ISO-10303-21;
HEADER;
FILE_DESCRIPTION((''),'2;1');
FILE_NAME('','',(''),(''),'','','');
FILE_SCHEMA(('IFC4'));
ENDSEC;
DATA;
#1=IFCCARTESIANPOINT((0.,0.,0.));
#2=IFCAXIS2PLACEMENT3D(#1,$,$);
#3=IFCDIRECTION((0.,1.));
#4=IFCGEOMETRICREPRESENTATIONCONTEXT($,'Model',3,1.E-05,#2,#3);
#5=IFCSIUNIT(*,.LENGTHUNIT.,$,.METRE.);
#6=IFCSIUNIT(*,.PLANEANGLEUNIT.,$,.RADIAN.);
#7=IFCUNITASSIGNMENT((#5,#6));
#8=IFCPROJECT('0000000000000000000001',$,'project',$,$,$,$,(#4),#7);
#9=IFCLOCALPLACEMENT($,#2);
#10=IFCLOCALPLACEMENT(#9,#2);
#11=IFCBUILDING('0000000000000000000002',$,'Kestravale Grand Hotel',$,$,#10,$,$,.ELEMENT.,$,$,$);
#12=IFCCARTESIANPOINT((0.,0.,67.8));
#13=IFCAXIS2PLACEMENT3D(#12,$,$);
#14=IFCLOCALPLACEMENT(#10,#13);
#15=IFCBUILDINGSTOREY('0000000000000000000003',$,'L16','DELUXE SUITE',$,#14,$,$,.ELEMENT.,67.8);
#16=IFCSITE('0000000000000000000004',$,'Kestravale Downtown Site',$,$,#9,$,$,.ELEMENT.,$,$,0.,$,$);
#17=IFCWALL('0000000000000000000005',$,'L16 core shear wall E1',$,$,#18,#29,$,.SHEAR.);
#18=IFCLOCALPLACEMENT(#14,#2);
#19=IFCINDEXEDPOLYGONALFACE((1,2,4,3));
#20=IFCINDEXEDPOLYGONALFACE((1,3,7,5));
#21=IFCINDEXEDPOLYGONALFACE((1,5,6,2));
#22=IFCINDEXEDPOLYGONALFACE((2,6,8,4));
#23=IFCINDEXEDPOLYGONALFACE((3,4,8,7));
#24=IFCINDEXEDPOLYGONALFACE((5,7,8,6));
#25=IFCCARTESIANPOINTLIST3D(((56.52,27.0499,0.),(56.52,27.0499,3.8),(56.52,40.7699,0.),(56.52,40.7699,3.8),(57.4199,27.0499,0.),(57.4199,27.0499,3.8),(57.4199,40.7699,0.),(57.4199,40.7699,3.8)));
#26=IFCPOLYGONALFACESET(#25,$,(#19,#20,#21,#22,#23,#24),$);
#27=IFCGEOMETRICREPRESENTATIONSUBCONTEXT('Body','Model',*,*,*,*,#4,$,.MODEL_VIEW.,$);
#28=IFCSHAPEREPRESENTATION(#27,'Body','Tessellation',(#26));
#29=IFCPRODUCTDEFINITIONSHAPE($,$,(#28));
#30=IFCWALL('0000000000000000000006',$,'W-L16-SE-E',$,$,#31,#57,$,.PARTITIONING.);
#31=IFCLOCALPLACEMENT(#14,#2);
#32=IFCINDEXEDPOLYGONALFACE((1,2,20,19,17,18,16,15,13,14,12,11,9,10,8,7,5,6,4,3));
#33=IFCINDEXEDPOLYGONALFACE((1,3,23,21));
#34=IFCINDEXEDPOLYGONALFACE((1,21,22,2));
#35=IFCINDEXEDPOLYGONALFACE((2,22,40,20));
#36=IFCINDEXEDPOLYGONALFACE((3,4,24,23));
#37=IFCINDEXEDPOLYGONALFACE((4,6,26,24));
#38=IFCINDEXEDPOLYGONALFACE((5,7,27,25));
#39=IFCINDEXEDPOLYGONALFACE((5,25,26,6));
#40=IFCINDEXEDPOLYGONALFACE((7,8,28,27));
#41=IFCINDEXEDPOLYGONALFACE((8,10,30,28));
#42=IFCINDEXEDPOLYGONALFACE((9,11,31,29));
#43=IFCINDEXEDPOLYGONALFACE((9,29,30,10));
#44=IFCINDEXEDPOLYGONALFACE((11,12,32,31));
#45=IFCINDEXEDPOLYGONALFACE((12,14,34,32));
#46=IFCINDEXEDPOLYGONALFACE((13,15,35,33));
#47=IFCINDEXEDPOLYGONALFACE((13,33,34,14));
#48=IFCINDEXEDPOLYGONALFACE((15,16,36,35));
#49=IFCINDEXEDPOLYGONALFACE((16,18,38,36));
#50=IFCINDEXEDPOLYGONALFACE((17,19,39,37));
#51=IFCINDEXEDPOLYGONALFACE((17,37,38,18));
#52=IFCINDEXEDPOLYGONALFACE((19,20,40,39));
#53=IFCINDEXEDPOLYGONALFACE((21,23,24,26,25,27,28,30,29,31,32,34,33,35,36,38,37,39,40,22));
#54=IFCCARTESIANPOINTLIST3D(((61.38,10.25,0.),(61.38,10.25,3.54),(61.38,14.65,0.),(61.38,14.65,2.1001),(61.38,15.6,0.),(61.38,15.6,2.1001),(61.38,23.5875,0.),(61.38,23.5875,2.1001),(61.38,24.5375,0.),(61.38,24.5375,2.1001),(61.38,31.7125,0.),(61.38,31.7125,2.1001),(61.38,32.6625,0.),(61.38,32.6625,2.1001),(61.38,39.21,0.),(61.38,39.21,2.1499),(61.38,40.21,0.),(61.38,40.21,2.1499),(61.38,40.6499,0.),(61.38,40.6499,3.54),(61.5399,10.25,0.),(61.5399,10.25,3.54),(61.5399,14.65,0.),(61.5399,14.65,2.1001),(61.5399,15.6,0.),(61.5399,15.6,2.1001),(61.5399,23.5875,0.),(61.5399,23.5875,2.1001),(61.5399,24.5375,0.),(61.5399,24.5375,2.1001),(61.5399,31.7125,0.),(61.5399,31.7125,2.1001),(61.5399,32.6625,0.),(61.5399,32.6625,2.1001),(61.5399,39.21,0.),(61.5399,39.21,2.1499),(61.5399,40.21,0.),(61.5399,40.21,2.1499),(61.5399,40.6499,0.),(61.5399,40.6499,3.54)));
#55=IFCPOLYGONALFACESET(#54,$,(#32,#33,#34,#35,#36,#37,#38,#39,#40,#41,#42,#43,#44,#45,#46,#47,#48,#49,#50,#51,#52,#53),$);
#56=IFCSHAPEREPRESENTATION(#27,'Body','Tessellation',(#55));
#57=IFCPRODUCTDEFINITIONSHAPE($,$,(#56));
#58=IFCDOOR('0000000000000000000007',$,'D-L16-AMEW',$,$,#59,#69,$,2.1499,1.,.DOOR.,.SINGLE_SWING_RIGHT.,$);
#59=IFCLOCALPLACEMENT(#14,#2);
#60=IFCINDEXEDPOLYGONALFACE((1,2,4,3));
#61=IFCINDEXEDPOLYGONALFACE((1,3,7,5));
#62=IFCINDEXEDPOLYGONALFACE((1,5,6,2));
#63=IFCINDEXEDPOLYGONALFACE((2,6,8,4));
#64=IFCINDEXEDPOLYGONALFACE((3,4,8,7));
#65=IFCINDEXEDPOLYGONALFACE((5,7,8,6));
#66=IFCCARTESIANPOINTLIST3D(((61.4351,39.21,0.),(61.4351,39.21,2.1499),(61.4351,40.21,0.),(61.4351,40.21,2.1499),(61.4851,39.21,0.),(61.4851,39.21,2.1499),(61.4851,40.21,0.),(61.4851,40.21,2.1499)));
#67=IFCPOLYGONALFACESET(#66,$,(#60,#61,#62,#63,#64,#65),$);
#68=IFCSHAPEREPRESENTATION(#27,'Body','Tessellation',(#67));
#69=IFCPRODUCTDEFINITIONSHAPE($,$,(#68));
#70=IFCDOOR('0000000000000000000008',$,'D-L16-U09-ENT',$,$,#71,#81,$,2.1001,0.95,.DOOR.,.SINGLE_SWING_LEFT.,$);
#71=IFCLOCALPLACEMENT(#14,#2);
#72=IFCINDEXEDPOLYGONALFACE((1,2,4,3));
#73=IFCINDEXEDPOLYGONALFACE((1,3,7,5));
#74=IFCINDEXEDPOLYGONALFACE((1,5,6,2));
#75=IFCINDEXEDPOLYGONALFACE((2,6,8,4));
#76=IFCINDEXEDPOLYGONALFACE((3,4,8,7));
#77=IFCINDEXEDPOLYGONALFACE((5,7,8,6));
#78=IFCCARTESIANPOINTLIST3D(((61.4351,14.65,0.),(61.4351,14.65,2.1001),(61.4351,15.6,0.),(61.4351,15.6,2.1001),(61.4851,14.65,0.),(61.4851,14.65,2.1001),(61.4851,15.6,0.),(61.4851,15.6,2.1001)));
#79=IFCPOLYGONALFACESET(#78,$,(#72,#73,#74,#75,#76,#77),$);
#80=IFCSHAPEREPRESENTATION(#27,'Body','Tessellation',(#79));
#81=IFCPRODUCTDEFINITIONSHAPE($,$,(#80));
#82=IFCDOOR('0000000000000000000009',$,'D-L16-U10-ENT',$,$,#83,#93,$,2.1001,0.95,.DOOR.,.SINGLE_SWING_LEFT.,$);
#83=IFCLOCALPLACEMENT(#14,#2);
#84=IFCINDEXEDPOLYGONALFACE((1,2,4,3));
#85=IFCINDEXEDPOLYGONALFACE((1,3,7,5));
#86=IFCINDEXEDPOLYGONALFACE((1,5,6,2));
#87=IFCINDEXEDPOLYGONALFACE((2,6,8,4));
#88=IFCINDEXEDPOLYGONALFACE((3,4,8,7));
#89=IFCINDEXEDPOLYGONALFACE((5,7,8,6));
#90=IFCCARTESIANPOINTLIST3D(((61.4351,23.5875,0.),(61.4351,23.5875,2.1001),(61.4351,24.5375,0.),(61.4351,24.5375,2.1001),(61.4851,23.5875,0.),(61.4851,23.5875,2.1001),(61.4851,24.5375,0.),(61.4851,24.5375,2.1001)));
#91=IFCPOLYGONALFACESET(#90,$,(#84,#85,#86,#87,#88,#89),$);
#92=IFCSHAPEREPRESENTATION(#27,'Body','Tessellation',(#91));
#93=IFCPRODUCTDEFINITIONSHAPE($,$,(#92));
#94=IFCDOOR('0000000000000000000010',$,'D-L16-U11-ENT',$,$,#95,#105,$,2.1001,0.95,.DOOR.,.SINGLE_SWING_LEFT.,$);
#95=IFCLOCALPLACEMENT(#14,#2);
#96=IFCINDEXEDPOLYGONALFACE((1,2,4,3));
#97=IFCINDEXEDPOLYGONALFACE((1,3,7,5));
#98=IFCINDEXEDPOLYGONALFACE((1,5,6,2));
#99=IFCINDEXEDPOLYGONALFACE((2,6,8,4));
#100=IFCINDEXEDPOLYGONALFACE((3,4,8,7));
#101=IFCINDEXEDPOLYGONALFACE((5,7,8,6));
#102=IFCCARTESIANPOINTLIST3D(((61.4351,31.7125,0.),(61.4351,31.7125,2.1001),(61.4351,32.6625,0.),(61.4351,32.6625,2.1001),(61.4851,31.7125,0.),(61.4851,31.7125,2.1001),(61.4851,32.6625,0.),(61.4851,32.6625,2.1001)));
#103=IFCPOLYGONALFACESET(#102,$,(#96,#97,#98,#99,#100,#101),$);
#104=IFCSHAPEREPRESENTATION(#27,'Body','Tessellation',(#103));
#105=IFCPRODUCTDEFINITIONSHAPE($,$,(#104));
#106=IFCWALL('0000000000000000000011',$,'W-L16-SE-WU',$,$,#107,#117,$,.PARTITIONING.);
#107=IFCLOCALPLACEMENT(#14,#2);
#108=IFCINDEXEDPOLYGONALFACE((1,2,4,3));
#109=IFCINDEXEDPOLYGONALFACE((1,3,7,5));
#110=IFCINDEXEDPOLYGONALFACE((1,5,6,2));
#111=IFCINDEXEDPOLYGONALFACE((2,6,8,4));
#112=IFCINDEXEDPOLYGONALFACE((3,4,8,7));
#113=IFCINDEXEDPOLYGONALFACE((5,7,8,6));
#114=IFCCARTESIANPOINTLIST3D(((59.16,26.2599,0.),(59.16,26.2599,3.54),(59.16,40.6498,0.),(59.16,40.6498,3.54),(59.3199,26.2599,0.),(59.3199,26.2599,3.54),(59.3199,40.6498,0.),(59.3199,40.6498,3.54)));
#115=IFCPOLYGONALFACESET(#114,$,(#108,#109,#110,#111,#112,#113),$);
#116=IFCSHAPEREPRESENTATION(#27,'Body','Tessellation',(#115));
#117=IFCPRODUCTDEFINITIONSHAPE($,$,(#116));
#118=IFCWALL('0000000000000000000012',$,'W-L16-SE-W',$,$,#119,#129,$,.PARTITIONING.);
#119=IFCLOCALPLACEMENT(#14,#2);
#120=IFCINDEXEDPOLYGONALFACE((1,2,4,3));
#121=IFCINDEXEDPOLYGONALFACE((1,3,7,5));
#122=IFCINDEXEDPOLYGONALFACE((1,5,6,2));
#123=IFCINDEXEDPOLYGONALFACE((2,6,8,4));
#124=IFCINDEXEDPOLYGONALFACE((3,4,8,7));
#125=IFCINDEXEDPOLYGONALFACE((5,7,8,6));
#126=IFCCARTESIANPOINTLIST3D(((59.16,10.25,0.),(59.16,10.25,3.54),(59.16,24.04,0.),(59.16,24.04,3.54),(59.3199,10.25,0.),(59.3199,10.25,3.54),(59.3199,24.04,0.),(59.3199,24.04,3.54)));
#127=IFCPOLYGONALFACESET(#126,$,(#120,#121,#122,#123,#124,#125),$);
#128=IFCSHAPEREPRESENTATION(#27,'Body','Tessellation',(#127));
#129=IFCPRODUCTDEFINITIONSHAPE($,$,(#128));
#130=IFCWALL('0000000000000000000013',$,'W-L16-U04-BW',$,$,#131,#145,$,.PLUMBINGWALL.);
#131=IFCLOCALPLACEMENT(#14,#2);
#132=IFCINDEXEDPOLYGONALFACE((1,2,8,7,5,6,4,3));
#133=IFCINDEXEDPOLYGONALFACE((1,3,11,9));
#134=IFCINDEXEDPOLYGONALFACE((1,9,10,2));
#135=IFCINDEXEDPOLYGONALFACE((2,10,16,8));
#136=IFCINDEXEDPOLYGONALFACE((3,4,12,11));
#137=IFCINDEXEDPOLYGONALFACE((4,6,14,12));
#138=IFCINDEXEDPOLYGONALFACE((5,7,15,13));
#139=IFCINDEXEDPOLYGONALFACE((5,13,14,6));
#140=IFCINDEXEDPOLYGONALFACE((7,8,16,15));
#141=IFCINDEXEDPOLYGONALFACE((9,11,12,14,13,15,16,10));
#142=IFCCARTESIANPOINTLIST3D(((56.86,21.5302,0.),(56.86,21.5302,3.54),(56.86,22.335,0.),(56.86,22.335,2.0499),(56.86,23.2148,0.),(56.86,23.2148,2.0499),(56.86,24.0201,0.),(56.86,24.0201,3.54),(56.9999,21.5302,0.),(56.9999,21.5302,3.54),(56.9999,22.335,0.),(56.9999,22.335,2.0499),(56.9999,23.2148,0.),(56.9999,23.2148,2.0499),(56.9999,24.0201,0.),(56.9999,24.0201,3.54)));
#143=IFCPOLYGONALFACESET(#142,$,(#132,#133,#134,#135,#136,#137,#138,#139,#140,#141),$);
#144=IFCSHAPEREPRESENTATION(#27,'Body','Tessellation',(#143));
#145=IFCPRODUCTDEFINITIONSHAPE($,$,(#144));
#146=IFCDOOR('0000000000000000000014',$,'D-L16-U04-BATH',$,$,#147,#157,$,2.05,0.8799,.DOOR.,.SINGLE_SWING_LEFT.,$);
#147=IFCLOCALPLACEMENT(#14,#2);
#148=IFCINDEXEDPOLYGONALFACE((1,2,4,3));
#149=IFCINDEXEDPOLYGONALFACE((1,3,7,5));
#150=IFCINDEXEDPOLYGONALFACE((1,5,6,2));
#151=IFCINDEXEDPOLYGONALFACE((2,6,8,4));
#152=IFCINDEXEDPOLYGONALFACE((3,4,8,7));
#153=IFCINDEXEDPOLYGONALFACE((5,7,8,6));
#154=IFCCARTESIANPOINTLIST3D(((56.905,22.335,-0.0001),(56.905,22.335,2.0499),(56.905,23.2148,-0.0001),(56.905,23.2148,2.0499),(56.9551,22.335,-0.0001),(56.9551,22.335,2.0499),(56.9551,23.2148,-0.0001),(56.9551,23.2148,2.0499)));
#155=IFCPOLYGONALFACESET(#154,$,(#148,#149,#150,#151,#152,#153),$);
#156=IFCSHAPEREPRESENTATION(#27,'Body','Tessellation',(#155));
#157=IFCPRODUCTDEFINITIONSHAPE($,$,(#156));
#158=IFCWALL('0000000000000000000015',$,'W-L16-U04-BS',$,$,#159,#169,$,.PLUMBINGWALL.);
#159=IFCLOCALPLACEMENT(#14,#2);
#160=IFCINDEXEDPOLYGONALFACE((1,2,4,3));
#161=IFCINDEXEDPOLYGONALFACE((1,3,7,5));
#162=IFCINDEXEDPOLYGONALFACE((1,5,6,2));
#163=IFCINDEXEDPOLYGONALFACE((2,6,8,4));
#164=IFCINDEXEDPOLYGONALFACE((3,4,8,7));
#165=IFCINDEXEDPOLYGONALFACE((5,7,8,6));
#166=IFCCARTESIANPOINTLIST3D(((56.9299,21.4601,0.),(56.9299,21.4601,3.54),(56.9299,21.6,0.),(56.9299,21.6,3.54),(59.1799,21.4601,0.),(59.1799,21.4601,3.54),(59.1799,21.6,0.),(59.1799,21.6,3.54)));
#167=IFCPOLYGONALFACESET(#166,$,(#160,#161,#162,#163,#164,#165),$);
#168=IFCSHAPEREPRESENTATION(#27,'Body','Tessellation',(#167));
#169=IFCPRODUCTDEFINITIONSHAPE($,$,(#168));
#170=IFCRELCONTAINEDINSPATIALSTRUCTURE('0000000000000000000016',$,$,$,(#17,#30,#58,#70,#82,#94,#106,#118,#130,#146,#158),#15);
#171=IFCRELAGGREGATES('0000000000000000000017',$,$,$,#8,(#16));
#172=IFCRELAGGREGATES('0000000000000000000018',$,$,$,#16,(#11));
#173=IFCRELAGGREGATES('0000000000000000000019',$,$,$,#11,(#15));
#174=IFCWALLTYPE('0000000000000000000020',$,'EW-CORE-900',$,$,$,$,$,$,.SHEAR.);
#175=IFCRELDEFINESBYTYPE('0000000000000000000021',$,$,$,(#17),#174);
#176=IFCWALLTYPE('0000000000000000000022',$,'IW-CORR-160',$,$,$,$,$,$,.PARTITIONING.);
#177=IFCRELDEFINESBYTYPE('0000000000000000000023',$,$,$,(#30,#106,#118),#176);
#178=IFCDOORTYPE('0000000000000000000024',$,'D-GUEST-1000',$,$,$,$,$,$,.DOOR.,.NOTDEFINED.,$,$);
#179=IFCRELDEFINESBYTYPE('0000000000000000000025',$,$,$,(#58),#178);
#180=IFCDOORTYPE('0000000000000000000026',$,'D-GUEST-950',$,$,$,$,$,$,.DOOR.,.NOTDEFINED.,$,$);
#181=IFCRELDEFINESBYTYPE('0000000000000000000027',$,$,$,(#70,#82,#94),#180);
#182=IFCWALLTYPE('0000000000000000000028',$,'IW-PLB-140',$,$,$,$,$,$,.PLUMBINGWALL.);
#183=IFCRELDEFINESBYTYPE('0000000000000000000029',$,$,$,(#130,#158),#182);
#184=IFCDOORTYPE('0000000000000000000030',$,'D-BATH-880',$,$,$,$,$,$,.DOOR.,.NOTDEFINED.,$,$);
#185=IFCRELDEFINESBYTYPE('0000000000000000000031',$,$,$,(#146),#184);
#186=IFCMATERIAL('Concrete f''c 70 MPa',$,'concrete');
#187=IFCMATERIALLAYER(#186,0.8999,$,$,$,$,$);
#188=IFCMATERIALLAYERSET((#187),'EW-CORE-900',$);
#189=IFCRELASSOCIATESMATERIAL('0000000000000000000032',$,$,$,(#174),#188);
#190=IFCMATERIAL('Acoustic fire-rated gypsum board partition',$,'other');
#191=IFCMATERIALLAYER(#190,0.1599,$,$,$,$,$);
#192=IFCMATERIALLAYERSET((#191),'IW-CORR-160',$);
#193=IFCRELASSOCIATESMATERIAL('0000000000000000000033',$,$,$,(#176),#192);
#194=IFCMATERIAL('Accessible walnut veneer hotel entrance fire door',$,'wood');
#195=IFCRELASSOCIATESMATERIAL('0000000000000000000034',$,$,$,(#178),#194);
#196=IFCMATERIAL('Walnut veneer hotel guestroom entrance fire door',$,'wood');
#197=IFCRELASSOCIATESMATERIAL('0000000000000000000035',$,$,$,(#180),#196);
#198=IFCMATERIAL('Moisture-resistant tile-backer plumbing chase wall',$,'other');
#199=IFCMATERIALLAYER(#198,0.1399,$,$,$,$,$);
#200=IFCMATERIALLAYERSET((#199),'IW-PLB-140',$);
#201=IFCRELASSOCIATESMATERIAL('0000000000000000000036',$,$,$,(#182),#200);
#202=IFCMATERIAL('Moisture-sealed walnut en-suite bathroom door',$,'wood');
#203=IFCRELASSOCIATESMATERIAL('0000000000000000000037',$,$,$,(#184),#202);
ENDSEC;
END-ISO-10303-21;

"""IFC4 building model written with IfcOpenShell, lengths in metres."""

from ifc_helpers import new_model, si_unit, direction, frame, frame_2d, origin, place, context, subcontext, project, spatial, rectangle, extrude, material, layer, layer_set, type_object, element, fill, save


model = new_model("IFC4")

# Units and contexts
model_context = context("Model", 3, precision=1e-05, world=origin(), true_north=direction((0.0, 1.0)))
body_context = subcontext(model_context, "Body", "Model", "MODEL_VIEW")
ifc_project = project(units=[si_unit("LENGTHUNIT", "METRE"), si_unit("PLANEANGLEUNIT", "RADIAN")], contexts=[model_context])

# Site, building, storey
site_placement = place(None, origin())
site = spatial("IfcSite", under=ifc_project, at=site_placement, Name="Kestravale Downtown Site", CompositionType="ELEMENT", RefElevation=0.0)
building_placement = place(site_placement, origin())
building = spatial("IfcBuilding", under=site, at=building_placement, Name="Kestravale Grand Hotel", CompositionType="ELEMENT")
storey_placement = place(building_placement, frame((0.0, 0.0, 67.8)))
storey = spatial("IfcBuildingStorey", under=building, at=storey_placement, Name="L16", Description="DELUXE SUITE", CompositionType="ELEMENT", Elevation=67.8)

# Wall
ifc_material_1 = material(Name="Concrete f'c 70 MPa", Category="concrete")
ifc_layer_1 = layer(ifc_material_1, 0.8999)
ifc_layer_set_1 = layer_set([ifc_layer_1], Name="EW-CORE-900")
wall_type_1 = type_object("IfcWallType", Name="EW-CORE-900", PredefinedType="SHEAR", material=ifc_layer_set_1)
wall_1_placement = place(storey_placement, frame((56.97, 27.05, 0.0), z_axis=(0.0, 0.0, 1.0), x_axis=(0.0, 1.0, 0.0)))
element("IfcWall", 1, at=wall_1_placement, inside=storey, type_object=wall_type_1, Name="L16 core shear wall E1", PredefinedType="SHEAR", context=body_context, shape_type="SweptSolid", body=[
    extrude(rectangle(XDim=13.72, YDim=0.8999, at=frame_2d((6.8599, 0.0))), origin(), (0.0, 0.0, 1.0), 3.8),
])

# Wall, openings, doors
ifc_material_2 = material(Name="Acoustic fire-rated gypsum board partition", Category="other")
ifc_layer_2 = layer(ifc_material_2, 0.1599)
ifc_layer_set_2 = layer_set([ifc_layer_2], Name="IW-CORR-160")
wall_type_2 = type_object("IfcWallType", Name="IW-CORR-160", PredefinedType="PARTITIONING", material=ifc_layer_set_2)
wall_2_placement = place(storey_placement, frame((61.46, 10.25, 0.0), z_axis=(0.0, 0.0, 1.0), x_axis=(0.0, 1.0, 0.0)))
wall_2 = element("IfcWall", 2, at=wall_2_placement, inside=storey, type_object=wall_type_2, Name="W-L16-SE-E", PredefinedType="PARTITIONING", context=body_context, shape_type="SweptSolid", body=[
    extrude(rectangle(XDim=30.3999, YDim=0.1599, at=frame_2d((15.2, 0.0))), origin(), (0.0, 0.0, 1.0), 3.54),
])
opening_1_placement = place(wall_2_placement, frame((4.3999, 0.0, 0.0)))
opening_1 = element("IfcOpeningElement", 3, at=opening_1_placement, cuts=wall_2, PredefinedType="OPENING", context=body_context, shape_type="SweptSolid", body=[
    extrude(rectangle(XDim=0.95, YDim=2.1001, at=frame_2d((0.4751, 1.05))), frame((0.0, 0.0898, 0.0), z_axis=(0.0, -1.0, 0.0), x_axis=(1.0, 0.0, 0.0)), (0.0, 0.0, 1.0), 0.1799),
])
opening_2_placement = place(wall_2_placement, frame((13.3374, 0.0, 0.0)))
opening_2 = element("IfcOpeningElement", 4, at=opening_2_placement, cuts=wall_2, PredefinedType="OPENING", context=body_context, shape_type="SweptSolid", body=[
    extrude(rectangle(XDim=0.95, YDim=2.1001, at=frame_2d((0.4751, 1.05))), frame((0.0, 0.0898, 0.0), z_axis=(0.0, -1.0, 0.0), x_axis=(1.0, 0.0, 0.0)), (0.0, 0.0, 1.0), 0.1799),
])
opening_3_placement = place(wall_2_placement, frame((21.4624, 0.0, 0.0)))
opening_3 = element("IfcOpeningElement", 5, at=opening_3_placement, cuts=wall_2, PredefinedType="OPENING", context=body_context, shape_type="SweptSolid", body=[
    extrude(rectangle(XDim=0.95, YDim=2.1001, at=frame_2d((0.4751, 1.05))), frame((0.0, 0.0898, 0.0), z_axis=(0.0, -1.0, 0.0), x_axis=(1.0, 0.0, 0.0)), (0.0, 0.0, 1.0), 0.1799),
])
opening_4_placement = place(wall_2_placement, frame((28.96, 0.0, 0.0)))
opening_4 = element("IfcOpeningElement", 6, at=opening_4_placement, cuts=wall_2, PredefinedType="OPENING", context=body_context, shape_type="SweptSolid", body=[
    extrude(rectangle(XDim=1.0, YDim=2.1499, at=frame_2d((0.5, 1.075))), frame((0.0, 0.0898, 0.0), z_axis=(0.0, -1.0, 0.0), x_axis=(1.0, 0.0, 0.0)), (0.0, 0.0, 1.0), 0.1799),
])
ifc_material_3 = material(Name="Accessible walnut veneer hotel entrance fire door", Category="wood")
door_type_1 = type_object("IfcDoorType", Name="D-GUEST-1000", OperationType="NOTDEFINED", PredefinedType="DOOR", material=ifc_material_3)
door_1_placement = place(opening_4_placement, origin())
door_1 = element("IfcDoor", 7, at=door_1_placement, inside=storey, type_object=door_type_1, Name="D-L16-AMEW", OperationType="SINGLE_SWING_RIGHT", OverallHeight=2.1499, OverallWidth=1.0, PredefinedType="DOOR", context=body_context, shape_type="SweptSolid", body=[
    extrude(rectangle(XDim=1.0, YDim=2.1499, at=frame_2d((0.5, 1.075))), frame((0.0, 0.0249, 0.0), z_axis=(0.0, -1.0, 0.0), x_axis=(1.0, 0.0, 0.0)), (0.0, 0.0, 1.0), 0.05),
])
fill(opening_4, door_1)
ifc_material_4 = material(Name="Walnut veneer hotel guestroom entrance fire door", Category="wood")
door_type_2 = type_object("IfcDoorType", Name="D-GUEST-950", OperationType="NOTDEFINED", PredefinedType="DOOR", material=ifc_material_4)
door_2_placement = place(opening_1_placement, origin())
door_2 = element("IfcDoor", 8, at=door_2_placement, inside=storey, type_object=door_type_2, Name="D-L16-U09-ENT", OperationType="SINGLE_SWING_LEFT", OverallHeight=2.1001, OverallWidth=0.95, PredefinedType="DOOR", context=body_context, shape_type="SweptSolid", body=[
    extrude(rectangle(XDim=0.95, YDim=2.1001, at=frame_2d((0.4751, 1.05))), frame((0.0, 0.0249, 0.0), z_axis=(0.0, -1.0, 0.0), x_axis=(1.0, 0.0, 0.0)), (0.0, 0.0, 1.0), 0.05),
])
fill(opening_1, door_2)
door_3_placement = place(opening_2_placement, origin())
door_3 = element("IfcDoor", 9, at=door_3_placement, inside=storey, type_object=door_type_2, Name="D-L16-U10-ENT", OperationType="SINGLE_SWING_LEFT", OverallHeight=2.1001, OverallWidth=0.95, PredefinedType="DOOR", context=body_context, shape_type="SweptSolid", body=[
    extrude(rectangle(XDim=0.95, YDim=2.1001, at=frame_2d((0.4751, 1.05))), frame((0.0, 0.0249, 0.0), z_axis=(0.0, -1.0, 0.0), x_axis=(1.0, 0.0, 0.0)), (0.0, 0.0, 1.0), 0.05),
])
fill(opening_2, door_3)
door_4_placement = place(opening_3_placement, origin())
door_4 = element("IfcDoor", 10, at=door_4_placement, inside=storey, type_object=door_type_2, Name="D-L16-U11-ENT", OperationType="SINGLE_SWING_LEFT", OverallHeight=2.1001, OverallWidth=0.95, PredefinedType="DOOR", context=body_context, shape_type="SweptSolid", body=[
    extrude(rectangle(XDim=0.95, YDim=2.1001, at=frame_2d((0.4751, 1.05))), frame((0.0, 0.0249, 0.0), z_axis=(0.0, -1.0, 0.0), x_axis=(1.0, 0.0, 0.0)), (0.0, 0.0, 1.0), 0.05),
])
fill(opening_3, door_4)

# Walls
wall_3_placement = place(storey_placement, frame((59.24, 26.26, 0.0), z_axis=(0.0, 0.0, 1.0), x_axis=(0.0, 1.0, 0.0)))
element("IfcWall", 11, at=wall_3_placement, inside=storey, type_object=wall_type_2, Name="W-L16-SE-WU", PredefinedType="PARTITIONING", context=body_context, shape_type="SweptSolid", body=[
    extrude(rectangle(XDim=14.3899, YDim=0.1599, at=frame_2d((7.1948, 0.0))), origin(), (0.0, 0.0, 1.0), 3.54),
])
wall_4_placement = place(storey_placement, frame((59.24, 10.25, 0.0), z_axis=(0.0, 0.0, 1.0), x_axis=(0.0, 1.0, 0.0)))
element("IfcWall", 12, at=wall_4_placement, inside=storey, type_object=wall_type_2, Name="W-L16-SE-W", PredefinedType="PARTITIONING", context=body_context, shape_type="SweptSolid", body=[
    extrude(rectangle(XDim=13.79, YDim=0.1599, at=frame_2d((6.895, 0.0))), origin(), (0.0, 0.0, 1.0), 3.54),
])

# Wall, opening, door
ifc_material_5 = material(Name="Moisture-resistant tile-backer plumbing chase wall", Category="other")
ifc_layer_3 = layer(ifc_material_5, 0.1399)
ifc_layer_set_3 = layer_set([ifc_layer_3], Name="IW-PLB-140")
wall_type_3 = type_object("IfcWallType", Name="IW-PLB-140", PredefinedType="PLUMBINGWALL", material=ifc_layer_set_3)
wall_5_placement = place(storey_placement, frame((56.9299, 21.53, 0.0), z_axis=(0.0, 0.0, 1.0), x_axis=(0.0, 1.0, 0.0)))
wall_5 = element("IfcWall", 13, at=wall_5_placement, inside=storey, type_object=wall_type_3, Name="W-L16-U04-BW", PredefinedType="PLUMBINGWALL", context=body_context, shape_type="SweptSolid", body=[
    extrude(rectangle(XDim=2.49, YDim=0.1399, at=frame_2d((1.2451, 0.0))), origin(), (0.0, 0.0, 1.0), 3.54),
])
opening_5_placement = place(wall_5_placement, frame((0.8049, 0.0, 0.0)))
opening_5 = element("IfcOpeningElement", 14, at=opening_5_placement, cuts=wall_5, PredefinedType="OPENING", context=body_context, shape_type="SweptSolid", body=[
    extrude(rectangle(XDim=0.8799, YDim=2.05, at=frame_2d((0.4399, 1.0249))), frame((0.0, 0.0798, 0.0), z_axis=(0.0, -1.0, 0.0), x_axis=(1.0, 0.0, 0.0)), (0.0, 0.0, 1.0), 0.1599),
])
ifc_material_6 = material(Name="Moisture-sealed walnut en-suite bathroom door", Category="wood")
door_type_3 = type_object("IfcDoorType", Name="D-BATH-880", OperationType="NOTDEFINED", PredefinedType="DOOR", material=ifc_material_6)
door_5_placement = place(opening_5_placement, origin())
door_5 = element("IfcDoor", 15, at=door_5_placement, inside=storey, type_object=door_type_3, Name="D-L16-U04-BATH", OperationType="SINGLE_SWING_LEFT", OverallHeight=2.05, OverallWidth=0.8799, PredefinedType="DOOR", context=body_context, shape_type="SweptSolid", body=[
    extrude(rectangle(XDim=0.8799, YDim=2.05, at=frame_2d((0.4399, 1.0249))), frame((0.0, 0.0249, 0.0), z_axis=(0.0, -1.0, 0.0), x_axis=(1.0, 0.0, 0.0)), (0.0, 0.0, 1.0), 0.05),
])
fill(opening_5, door_5)

# Wall
wall_6_placement = place(storey_placement, frame((56.9299, 21.53, 0.0), z_axis=(0.0, 0.0, 1.0), x_axis=(1.0, 0.0, 0.0)))
element("IfcWall", 16, at=wall_6_placement, inside=storey, type_object=wall_type_3, Name="W-L16-U04-BS", PredefinedType="PLUMBINGWALL", context=body_context, shape_type="SweptSolid", body=[
    extrude(rectangle(XDim=2.25, YDim=0.1399, at=frame_2d((1.125, 0.0))), origin(), (0.0, 0.0, 1.0), 3.54),
])

save(model, "model.ifc")
